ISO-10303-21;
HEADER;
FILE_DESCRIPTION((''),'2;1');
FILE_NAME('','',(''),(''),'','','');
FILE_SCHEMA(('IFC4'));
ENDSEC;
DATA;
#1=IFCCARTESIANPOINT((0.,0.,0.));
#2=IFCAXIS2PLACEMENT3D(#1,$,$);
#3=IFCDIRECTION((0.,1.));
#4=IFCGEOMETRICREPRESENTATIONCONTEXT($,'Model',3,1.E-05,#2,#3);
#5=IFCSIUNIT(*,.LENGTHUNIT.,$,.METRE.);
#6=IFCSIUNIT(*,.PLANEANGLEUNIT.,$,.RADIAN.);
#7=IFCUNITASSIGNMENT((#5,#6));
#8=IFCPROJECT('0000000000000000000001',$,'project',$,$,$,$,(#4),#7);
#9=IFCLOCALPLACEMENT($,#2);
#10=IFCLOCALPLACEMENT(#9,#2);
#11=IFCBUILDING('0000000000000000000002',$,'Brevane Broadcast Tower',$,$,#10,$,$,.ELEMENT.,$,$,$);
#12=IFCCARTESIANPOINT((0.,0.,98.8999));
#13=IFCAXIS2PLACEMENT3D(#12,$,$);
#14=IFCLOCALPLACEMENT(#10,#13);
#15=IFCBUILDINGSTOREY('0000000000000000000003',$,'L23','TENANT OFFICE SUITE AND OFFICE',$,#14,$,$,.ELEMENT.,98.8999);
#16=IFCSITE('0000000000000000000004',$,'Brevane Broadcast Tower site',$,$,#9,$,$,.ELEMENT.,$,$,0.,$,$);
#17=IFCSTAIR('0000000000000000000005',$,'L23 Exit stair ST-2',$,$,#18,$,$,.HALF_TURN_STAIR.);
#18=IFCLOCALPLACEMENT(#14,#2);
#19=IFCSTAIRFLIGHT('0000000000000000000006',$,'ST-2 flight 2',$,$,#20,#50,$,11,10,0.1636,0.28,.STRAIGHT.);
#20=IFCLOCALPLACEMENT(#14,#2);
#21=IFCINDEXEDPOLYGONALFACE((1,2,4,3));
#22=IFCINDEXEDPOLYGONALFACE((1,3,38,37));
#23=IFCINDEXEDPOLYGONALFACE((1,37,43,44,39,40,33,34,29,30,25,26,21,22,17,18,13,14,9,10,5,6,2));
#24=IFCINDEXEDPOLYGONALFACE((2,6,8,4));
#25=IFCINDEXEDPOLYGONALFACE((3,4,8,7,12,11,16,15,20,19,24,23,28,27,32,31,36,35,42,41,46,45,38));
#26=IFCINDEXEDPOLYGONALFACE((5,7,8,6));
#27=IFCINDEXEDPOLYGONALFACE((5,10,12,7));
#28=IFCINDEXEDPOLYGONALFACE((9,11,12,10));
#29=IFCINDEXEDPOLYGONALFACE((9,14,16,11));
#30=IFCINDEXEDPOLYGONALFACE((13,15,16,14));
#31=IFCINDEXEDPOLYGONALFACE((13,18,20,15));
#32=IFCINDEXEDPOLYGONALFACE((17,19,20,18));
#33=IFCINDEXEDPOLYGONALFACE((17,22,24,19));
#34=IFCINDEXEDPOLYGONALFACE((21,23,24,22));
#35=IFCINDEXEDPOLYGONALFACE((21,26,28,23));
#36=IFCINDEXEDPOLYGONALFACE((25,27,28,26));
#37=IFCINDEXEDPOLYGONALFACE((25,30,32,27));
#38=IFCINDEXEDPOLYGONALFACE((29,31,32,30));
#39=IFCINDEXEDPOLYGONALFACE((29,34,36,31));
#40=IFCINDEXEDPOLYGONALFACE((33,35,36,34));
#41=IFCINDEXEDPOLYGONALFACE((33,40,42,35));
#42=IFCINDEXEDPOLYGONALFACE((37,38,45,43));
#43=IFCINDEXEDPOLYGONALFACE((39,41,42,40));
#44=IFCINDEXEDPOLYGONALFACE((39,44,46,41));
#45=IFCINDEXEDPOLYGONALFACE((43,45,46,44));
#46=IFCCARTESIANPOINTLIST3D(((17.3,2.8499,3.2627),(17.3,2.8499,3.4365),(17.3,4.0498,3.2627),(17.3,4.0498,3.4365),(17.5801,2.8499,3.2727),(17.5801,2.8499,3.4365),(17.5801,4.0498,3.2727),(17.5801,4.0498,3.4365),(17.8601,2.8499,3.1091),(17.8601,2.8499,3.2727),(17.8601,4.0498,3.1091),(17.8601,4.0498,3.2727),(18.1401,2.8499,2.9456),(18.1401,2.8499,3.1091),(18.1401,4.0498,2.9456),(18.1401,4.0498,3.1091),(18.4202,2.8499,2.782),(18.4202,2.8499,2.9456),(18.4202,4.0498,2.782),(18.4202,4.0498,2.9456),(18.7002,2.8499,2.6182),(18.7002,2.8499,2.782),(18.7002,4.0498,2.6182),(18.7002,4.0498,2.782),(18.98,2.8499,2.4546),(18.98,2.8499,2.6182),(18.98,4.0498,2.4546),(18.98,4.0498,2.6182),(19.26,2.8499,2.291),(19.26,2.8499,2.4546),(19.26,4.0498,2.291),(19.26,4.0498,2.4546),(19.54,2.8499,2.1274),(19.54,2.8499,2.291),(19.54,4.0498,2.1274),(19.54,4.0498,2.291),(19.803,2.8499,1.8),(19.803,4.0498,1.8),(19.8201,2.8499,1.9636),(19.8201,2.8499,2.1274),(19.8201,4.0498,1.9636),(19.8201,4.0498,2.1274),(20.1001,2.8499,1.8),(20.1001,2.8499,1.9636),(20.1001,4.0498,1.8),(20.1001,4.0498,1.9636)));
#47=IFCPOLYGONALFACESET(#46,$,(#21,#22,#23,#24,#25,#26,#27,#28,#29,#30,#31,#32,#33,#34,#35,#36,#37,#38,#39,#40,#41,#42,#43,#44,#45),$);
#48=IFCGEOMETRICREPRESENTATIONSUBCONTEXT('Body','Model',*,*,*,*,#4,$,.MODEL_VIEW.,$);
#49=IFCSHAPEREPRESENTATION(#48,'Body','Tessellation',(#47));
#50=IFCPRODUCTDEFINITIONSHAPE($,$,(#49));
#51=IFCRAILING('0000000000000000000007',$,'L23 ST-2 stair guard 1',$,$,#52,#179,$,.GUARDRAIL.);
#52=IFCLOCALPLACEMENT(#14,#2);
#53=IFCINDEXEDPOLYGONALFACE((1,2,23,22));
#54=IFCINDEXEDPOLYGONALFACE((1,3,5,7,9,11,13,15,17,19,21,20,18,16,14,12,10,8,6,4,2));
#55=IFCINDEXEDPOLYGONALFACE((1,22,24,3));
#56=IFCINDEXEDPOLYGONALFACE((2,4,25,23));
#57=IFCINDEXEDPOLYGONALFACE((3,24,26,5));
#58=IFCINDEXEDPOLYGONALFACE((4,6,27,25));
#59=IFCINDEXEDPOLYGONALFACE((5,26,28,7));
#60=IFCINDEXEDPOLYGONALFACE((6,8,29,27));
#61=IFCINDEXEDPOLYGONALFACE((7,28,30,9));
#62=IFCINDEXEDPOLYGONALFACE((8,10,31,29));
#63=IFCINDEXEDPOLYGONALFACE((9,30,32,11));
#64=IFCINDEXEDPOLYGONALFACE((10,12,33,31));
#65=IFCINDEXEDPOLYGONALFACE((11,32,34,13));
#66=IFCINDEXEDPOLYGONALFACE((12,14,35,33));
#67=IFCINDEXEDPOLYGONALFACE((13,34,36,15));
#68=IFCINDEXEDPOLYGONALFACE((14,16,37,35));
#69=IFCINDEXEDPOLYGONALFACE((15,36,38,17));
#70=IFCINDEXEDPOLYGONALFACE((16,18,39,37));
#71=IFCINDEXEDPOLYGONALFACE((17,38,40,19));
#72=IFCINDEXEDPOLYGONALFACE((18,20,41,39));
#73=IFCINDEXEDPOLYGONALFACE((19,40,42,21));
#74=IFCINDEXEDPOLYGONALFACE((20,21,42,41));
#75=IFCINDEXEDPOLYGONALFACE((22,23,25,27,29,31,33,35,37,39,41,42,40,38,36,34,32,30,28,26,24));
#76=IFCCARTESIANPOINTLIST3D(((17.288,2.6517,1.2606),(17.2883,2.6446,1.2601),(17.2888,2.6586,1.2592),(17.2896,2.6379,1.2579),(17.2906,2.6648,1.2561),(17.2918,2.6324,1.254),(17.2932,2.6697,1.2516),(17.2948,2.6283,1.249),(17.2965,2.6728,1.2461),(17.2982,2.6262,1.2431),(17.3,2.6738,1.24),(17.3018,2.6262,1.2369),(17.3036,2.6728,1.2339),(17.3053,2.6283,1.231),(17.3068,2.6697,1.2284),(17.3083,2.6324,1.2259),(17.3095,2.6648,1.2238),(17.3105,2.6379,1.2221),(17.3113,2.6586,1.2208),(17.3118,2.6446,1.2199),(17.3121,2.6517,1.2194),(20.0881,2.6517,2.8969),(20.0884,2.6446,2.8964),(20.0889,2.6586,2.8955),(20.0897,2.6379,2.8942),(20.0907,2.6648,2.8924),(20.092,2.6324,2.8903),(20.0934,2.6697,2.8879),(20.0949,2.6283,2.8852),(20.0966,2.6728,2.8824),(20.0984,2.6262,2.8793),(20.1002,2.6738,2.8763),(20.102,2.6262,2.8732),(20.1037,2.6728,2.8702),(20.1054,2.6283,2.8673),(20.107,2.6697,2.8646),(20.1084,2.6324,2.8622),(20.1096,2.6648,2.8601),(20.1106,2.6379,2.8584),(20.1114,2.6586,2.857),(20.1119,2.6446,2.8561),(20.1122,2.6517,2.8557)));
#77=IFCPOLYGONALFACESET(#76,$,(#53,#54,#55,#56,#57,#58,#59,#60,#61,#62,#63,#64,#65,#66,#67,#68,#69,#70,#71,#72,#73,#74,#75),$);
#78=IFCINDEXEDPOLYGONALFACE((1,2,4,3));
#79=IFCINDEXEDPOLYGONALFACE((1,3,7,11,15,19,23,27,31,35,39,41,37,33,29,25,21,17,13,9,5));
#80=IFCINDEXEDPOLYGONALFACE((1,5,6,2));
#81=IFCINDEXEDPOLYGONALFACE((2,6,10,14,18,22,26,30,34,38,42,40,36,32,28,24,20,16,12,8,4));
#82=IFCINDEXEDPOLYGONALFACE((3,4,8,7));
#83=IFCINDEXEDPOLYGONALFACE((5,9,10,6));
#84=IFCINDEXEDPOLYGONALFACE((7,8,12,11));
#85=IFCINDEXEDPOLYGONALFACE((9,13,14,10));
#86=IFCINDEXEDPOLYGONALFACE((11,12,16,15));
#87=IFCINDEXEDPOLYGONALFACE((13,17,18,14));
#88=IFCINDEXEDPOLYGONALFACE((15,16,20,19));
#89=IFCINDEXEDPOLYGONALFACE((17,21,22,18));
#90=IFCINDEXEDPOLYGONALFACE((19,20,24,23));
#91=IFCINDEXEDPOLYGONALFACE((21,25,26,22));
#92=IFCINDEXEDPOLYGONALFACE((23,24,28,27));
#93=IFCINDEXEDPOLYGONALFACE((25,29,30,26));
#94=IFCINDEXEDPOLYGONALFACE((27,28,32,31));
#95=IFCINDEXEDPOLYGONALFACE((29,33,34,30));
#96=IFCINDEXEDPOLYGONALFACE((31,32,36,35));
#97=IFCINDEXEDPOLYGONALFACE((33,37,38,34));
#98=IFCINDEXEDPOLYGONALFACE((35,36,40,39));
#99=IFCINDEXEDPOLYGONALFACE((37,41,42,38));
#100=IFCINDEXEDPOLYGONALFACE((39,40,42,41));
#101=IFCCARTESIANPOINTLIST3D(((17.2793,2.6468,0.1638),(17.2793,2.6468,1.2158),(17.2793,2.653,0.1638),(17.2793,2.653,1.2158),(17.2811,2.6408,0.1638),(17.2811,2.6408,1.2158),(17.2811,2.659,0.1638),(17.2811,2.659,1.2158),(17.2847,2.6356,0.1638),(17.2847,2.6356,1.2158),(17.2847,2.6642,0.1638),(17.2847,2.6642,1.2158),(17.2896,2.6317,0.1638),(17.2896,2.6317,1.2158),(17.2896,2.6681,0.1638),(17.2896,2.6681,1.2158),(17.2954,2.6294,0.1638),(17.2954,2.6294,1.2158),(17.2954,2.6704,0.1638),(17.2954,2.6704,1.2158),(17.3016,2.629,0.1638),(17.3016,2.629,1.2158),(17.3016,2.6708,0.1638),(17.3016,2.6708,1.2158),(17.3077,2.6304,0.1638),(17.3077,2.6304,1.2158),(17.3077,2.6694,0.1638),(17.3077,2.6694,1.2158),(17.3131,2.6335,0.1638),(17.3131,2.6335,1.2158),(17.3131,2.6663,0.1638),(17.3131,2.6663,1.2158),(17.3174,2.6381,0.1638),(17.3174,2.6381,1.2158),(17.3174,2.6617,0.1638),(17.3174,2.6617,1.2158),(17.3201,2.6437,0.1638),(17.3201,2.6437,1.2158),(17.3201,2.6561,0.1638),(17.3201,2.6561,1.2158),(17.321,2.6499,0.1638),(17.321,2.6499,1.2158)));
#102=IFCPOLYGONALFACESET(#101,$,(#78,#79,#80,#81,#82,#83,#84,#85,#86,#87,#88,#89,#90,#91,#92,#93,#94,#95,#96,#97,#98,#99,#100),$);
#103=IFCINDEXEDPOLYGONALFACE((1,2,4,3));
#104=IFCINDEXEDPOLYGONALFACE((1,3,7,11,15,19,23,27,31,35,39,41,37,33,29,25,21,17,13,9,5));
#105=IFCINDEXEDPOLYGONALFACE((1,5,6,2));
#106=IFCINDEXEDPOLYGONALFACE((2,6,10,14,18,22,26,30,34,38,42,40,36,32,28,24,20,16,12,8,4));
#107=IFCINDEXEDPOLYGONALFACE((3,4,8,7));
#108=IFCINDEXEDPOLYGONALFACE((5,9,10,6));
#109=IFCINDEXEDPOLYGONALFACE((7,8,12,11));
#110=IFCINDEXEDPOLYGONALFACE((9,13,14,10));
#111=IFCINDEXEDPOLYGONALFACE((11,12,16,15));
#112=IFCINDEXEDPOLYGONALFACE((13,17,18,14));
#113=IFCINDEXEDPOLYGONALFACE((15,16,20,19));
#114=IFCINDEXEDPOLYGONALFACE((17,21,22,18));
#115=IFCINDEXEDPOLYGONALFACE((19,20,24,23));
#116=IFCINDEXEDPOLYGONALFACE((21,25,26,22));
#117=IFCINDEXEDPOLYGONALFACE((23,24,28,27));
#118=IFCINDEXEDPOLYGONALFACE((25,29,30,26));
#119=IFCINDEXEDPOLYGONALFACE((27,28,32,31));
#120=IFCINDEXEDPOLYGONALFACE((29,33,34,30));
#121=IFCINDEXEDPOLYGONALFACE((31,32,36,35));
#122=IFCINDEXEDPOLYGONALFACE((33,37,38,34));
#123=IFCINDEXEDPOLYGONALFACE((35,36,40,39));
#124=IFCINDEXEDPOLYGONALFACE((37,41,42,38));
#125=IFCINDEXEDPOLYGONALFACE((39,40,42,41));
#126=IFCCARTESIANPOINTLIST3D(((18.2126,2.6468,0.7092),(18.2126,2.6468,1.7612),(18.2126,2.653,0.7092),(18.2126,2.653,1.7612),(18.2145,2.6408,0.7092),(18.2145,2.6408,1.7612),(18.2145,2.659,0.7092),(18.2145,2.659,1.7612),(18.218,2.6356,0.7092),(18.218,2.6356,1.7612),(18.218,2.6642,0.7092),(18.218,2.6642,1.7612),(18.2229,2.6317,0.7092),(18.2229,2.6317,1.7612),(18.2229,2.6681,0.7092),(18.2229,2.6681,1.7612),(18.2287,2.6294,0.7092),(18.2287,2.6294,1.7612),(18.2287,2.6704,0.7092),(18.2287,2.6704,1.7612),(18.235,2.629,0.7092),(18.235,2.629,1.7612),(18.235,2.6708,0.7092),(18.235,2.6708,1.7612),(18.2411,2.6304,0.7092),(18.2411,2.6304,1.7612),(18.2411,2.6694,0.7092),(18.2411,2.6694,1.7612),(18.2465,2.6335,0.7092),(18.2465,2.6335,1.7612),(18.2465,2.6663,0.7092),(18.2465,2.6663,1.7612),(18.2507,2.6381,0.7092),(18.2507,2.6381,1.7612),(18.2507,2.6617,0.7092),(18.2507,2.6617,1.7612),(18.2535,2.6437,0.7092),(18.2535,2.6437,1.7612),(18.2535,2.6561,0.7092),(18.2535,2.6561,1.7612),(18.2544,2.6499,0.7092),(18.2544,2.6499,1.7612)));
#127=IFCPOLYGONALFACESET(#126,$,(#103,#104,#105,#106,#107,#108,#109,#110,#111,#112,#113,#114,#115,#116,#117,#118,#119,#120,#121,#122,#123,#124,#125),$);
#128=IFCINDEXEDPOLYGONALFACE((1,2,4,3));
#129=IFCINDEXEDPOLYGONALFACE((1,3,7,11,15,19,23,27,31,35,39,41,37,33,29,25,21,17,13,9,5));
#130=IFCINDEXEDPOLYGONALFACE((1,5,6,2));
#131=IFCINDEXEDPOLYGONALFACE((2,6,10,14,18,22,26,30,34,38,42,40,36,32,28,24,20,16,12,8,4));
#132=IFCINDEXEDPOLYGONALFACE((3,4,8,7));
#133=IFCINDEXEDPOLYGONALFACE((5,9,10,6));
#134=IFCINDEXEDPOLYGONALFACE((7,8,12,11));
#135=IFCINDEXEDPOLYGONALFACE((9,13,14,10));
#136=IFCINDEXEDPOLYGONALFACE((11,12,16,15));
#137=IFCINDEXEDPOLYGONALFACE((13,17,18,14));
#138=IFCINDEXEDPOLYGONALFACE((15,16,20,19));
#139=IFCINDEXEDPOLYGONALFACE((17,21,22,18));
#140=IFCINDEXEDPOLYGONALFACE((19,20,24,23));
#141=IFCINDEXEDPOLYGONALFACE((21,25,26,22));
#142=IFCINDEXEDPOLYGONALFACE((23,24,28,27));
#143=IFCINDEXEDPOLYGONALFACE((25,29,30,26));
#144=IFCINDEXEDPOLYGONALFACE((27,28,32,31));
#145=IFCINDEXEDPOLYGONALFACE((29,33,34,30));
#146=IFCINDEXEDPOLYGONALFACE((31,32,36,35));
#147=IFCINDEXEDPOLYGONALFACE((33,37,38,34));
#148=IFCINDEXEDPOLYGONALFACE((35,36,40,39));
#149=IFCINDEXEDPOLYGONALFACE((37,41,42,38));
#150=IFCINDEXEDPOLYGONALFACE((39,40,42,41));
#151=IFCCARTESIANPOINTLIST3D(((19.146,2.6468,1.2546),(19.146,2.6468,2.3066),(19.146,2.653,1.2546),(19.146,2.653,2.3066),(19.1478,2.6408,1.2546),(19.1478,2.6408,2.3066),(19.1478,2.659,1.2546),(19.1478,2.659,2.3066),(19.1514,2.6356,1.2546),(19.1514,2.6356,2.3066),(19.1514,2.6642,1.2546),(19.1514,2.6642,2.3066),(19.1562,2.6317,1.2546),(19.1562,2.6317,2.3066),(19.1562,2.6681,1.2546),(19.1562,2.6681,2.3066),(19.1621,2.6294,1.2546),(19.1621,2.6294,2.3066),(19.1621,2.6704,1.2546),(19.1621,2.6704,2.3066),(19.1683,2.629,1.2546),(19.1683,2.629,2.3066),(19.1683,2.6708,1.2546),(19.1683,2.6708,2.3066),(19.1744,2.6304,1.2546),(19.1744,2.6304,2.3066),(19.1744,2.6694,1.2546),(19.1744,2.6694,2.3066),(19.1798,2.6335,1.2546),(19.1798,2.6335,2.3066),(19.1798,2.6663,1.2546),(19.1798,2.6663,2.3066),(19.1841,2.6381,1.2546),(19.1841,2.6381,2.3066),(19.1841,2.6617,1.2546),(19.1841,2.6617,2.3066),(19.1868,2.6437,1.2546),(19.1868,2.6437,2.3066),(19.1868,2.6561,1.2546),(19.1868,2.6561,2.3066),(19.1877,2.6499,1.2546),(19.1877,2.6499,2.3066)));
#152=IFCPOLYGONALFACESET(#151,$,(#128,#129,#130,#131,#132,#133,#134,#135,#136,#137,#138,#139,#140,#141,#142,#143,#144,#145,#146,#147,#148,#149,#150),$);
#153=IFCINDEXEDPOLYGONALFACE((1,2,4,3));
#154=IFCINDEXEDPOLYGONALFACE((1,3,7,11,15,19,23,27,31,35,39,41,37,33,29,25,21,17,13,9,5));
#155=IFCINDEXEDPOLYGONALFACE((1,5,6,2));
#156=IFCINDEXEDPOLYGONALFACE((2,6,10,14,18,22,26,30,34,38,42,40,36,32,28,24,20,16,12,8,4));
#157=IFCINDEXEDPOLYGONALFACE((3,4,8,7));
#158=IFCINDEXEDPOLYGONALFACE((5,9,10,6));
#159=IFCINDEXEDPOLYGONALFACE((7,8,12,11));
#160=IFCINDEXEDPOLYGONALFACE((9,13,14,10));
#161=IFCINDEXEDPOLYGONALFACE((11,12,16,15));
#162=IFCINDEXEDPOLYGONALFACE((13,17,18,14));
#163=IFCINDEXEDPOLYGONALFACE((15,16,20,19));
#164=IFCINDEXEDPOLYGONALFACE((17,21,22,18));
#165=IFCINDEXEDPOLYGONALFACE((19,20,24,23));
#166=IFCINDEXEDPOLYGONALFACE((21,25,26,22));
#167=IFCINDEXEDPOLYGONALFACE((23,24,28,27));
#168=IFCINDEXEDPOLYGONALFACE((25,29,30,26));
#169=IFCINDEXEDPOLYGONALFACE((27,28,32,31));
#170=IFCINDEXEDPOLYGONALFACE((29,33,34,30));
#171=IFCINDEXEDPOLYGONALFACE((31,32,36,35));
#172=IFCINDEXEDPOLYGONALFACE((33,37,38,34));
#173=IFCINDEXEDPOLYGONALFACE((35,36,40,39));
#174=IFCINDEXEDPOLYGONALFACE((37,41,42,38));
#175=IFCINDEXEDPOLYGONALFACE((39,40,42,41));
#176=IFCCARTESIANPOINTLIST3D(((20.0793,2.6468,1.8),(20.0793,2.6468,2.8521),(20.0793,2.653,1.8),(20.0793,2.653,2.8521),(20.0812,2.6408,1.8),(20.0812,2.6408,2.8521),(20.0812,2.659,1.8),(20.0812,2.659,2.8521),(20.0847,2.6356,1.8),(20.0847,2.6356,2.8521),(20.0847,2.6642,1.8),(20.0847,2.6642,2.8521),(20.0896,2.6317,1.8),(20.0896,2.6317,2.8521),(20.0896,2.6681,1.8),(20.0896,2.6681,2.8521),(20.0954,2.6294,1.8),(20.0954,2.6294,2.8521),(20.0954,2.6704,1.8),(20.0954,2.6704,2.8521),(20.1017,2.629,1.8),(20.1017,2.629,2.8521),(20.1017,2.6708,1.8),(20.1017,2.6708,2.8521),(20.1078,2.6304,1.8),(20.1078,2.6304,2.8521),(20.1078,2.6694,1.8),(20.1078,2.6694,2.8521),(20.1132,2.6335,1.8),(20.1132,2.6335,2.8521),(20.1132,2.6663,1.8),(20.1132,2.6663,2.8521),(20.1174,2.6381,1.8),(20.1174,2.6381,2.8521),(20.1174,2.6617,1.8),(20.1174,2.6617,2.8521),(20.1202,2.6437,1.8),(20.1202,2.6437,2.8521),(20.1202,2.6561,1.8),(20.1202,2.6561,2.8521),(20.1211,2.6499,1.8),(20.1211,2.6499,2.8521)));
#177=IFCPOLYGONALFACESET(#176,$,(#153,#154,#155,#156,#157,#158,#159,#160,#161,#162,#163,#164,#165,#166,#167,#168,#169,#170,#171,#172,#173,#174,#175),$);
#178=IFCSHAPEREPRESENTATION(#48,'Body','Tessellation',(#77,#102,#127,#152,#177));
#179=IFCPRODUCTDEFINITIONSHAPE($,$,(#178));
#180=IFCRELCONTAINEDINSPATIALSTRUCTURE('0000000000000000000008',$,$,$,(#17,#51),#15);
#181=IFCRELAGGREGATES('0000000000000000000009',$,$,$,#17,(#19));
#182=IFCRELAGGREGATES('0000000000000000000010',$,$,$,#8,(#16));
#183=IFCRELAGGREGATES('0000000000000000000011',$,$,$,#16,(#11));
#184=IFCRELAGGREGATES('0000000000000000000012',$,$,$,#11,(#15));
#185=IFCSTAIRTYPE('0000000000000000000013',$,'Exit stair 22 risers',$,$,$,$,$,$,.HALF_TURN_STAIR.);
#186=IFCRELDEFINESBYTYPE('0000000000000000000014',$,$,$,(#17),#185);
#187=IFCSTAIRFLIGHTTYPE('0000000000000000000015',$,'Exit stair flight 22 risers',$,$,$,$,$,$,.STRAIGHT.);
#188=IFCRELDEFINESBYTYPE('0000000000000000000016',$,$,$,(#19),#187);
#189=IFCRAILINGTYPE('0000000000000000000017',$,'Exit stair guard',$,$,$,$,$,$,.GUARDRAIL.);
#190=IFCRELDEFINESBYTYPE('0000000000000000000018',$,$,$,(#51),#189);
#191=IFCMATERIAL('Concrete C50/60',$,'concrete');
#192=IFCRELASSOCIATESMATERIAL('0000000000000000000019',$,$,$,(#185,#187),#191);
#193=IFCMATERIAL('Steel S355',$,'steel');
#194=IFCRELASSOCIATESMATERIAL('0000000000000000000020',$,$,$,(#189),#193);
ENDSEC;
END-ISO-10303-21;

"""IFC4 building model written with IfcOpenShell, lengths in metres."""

from ifc_helpers import new_model, si_unit, direction, frame, origin, origin_2d, place, context, subcontext, project, spatial, polyline, circle, outline, extrude, material, type_object, element, aggregate, save


model = new_model("IFC4")

# Units and contexts
model_context = context("Model", 3, precision=1e-05, world=origin(), true_north=direction((0.0, 1.0)))
body_context = subcontext(model_context, "Body", "Model", "MODEL_VIEW")
ifc_project = project(units=[si_unit("LENGTHUNIT", "METRE"), si_unit("PLANEANGLEUNIT", "RADIAN")], contexts=[model_context])

# Site, building, storey
site_placement = place(None, origin())
site = spatial("IfcSite", under=ifc_project, at=site_placement, Name="Brevane Broadcast Tower site", CompositionType="ELEMENT", RefElevation=0.0)
building_placement = place(site_placement, origin())
building = spatial("IfcBuilding", under=site, at=building_placement, Name="Brevane Broadcast Tower", CompositionType="ELEMENT")
storey_placement = place(building_placement, frame((0.0, 0.0, 98.8999)))
storey = spatial("IfcBuildingStorey", under=building, at=storey_placement, Name="L23", Description="TENANT OFFICE SUITE AND OFFICE", CompositionType="ELEMENT", Elevation=98.8999)

# Stair, stair flight
ifc_material_1 = material(Name="Concrete C50/60", Category="concrete")
stair_type = type_object("IfcStairType", Name="Exit stair 22 risers", PredefinedType="HALF_TURN_STAIR", material=ifc_material_1)
stair_placement = place(storey_placement, origin())
stair = element("IfcStair", 1, at=stair_placement, inside=storey, type_object=stair_type, Name="L23 Exit stair ST-2", PredefinedType="HALF_TURN_STAIR")
stair_flight_type = type_object("IfcStairFlightType", Name="Exit stair flight 22 risers", PredefinedType="STRAIGHT", material=ifc_material_1)
stair_flight_placement = place(storey_placement, frame((20.1001, 3.45, 1.8), z_axis=(0.0, 0.0, 1.0), x_axis=(-1.0, 0.0, 0.0)))
stair_flight = element("IfcStairFlight", 2, at=stair_flight_placement, type_object=stair_flight_type, Name="ST-2 flight 2", NumberOfRisers=11, NumberOfTreads=10, PredefinedType="STRAIGHT", RiserHeight=0.1636, TreadLength=0.28, context=body_context, shape_type="SweptSolid", body=[
    extrude(outline(polyline([(0.0, 0.0), (0.0, 0.1636), (0.28, 0.1636), (0.28, 0.3274), (0.5601, 0.3274), (0.5601, 0.491), (0.8401, 0.491), (0.8401, 0.6545), (1.1201, 0.6545), (1.1201, 0.8181), (1.3999, 0.8181), (1.3999, 0.9819), (1.6799, 0.9819), (1.6799, 1.1455), (1.96, 1.1455), (1.96, 1.3091), (2.24, 1.3091), (2.24, 1.4727), (2.52, 1.4727), (2.52, 1.6365), (2.8, 1.6365), (2.8, 1.8), (2.8, 1.4626), (0.2971, 0.0), (0.0, 0.0)])), frame((0.0, 0.6001, 0.0), z_axis=(0.0, -1.0, 0.0), x_axis=(1.0, 0.0, 0.0)), (0.0, 0.0, 1.0), 1.2),
])
aggregate(stair, [stair_flight])

# Railing
ifc_material_2 = material(Name="Steel S355", Category="steel")
railing_type_1 = type_object("IfcRailingType", Name="Exit stair guard", PredefinedType="GUARDRAIL", material=ifc_material_2)
railing_1_placement = place(storey_placement, frame((17.3, 2.6499, 0.1638)))
element("IfcRailing", 3, at=railing_1_placement, inside=storey, type_object=railing_type_1, Name="L23 ST-2 stair guard 1", PredefinedType="GUARDRAIL", context=body_context, shape_type="SweptSolid", body=[
    extrude(circle(Radius=0.0239, at=origin_2d()), frame((0.0, 0.0, 1.0762), z_axis=(0.863394, 0.0, 0.504531), x_axis=(0.0, 1.0, 0.0)), (0.0, 0.0, 1.0), 3.2432),
    extrude(circle(Radius=0.021, at=origin_2d()), origin(), (0.0, 0.0, 1.0), 1.052),
    extrude(circle(Radius=0.021, at=origin_2d()), frame((0.9333, 0.0, 0.5454)), (0.0, 0.0, 1.0), 1.052),
    extrude(circle(Radius=0.021, at=origin_2d()), frame((1.8667, 0.0, 1.0908)), (0.0, 0.0, 1.0), 1.052),
    extrude(circle(Radius=0.021, at=origin_2d()), frame((2.8, 0.0, 1.6362)), (0.0, 0.0, 1.0), 1.052),
])

save(model, "model.ifc")
